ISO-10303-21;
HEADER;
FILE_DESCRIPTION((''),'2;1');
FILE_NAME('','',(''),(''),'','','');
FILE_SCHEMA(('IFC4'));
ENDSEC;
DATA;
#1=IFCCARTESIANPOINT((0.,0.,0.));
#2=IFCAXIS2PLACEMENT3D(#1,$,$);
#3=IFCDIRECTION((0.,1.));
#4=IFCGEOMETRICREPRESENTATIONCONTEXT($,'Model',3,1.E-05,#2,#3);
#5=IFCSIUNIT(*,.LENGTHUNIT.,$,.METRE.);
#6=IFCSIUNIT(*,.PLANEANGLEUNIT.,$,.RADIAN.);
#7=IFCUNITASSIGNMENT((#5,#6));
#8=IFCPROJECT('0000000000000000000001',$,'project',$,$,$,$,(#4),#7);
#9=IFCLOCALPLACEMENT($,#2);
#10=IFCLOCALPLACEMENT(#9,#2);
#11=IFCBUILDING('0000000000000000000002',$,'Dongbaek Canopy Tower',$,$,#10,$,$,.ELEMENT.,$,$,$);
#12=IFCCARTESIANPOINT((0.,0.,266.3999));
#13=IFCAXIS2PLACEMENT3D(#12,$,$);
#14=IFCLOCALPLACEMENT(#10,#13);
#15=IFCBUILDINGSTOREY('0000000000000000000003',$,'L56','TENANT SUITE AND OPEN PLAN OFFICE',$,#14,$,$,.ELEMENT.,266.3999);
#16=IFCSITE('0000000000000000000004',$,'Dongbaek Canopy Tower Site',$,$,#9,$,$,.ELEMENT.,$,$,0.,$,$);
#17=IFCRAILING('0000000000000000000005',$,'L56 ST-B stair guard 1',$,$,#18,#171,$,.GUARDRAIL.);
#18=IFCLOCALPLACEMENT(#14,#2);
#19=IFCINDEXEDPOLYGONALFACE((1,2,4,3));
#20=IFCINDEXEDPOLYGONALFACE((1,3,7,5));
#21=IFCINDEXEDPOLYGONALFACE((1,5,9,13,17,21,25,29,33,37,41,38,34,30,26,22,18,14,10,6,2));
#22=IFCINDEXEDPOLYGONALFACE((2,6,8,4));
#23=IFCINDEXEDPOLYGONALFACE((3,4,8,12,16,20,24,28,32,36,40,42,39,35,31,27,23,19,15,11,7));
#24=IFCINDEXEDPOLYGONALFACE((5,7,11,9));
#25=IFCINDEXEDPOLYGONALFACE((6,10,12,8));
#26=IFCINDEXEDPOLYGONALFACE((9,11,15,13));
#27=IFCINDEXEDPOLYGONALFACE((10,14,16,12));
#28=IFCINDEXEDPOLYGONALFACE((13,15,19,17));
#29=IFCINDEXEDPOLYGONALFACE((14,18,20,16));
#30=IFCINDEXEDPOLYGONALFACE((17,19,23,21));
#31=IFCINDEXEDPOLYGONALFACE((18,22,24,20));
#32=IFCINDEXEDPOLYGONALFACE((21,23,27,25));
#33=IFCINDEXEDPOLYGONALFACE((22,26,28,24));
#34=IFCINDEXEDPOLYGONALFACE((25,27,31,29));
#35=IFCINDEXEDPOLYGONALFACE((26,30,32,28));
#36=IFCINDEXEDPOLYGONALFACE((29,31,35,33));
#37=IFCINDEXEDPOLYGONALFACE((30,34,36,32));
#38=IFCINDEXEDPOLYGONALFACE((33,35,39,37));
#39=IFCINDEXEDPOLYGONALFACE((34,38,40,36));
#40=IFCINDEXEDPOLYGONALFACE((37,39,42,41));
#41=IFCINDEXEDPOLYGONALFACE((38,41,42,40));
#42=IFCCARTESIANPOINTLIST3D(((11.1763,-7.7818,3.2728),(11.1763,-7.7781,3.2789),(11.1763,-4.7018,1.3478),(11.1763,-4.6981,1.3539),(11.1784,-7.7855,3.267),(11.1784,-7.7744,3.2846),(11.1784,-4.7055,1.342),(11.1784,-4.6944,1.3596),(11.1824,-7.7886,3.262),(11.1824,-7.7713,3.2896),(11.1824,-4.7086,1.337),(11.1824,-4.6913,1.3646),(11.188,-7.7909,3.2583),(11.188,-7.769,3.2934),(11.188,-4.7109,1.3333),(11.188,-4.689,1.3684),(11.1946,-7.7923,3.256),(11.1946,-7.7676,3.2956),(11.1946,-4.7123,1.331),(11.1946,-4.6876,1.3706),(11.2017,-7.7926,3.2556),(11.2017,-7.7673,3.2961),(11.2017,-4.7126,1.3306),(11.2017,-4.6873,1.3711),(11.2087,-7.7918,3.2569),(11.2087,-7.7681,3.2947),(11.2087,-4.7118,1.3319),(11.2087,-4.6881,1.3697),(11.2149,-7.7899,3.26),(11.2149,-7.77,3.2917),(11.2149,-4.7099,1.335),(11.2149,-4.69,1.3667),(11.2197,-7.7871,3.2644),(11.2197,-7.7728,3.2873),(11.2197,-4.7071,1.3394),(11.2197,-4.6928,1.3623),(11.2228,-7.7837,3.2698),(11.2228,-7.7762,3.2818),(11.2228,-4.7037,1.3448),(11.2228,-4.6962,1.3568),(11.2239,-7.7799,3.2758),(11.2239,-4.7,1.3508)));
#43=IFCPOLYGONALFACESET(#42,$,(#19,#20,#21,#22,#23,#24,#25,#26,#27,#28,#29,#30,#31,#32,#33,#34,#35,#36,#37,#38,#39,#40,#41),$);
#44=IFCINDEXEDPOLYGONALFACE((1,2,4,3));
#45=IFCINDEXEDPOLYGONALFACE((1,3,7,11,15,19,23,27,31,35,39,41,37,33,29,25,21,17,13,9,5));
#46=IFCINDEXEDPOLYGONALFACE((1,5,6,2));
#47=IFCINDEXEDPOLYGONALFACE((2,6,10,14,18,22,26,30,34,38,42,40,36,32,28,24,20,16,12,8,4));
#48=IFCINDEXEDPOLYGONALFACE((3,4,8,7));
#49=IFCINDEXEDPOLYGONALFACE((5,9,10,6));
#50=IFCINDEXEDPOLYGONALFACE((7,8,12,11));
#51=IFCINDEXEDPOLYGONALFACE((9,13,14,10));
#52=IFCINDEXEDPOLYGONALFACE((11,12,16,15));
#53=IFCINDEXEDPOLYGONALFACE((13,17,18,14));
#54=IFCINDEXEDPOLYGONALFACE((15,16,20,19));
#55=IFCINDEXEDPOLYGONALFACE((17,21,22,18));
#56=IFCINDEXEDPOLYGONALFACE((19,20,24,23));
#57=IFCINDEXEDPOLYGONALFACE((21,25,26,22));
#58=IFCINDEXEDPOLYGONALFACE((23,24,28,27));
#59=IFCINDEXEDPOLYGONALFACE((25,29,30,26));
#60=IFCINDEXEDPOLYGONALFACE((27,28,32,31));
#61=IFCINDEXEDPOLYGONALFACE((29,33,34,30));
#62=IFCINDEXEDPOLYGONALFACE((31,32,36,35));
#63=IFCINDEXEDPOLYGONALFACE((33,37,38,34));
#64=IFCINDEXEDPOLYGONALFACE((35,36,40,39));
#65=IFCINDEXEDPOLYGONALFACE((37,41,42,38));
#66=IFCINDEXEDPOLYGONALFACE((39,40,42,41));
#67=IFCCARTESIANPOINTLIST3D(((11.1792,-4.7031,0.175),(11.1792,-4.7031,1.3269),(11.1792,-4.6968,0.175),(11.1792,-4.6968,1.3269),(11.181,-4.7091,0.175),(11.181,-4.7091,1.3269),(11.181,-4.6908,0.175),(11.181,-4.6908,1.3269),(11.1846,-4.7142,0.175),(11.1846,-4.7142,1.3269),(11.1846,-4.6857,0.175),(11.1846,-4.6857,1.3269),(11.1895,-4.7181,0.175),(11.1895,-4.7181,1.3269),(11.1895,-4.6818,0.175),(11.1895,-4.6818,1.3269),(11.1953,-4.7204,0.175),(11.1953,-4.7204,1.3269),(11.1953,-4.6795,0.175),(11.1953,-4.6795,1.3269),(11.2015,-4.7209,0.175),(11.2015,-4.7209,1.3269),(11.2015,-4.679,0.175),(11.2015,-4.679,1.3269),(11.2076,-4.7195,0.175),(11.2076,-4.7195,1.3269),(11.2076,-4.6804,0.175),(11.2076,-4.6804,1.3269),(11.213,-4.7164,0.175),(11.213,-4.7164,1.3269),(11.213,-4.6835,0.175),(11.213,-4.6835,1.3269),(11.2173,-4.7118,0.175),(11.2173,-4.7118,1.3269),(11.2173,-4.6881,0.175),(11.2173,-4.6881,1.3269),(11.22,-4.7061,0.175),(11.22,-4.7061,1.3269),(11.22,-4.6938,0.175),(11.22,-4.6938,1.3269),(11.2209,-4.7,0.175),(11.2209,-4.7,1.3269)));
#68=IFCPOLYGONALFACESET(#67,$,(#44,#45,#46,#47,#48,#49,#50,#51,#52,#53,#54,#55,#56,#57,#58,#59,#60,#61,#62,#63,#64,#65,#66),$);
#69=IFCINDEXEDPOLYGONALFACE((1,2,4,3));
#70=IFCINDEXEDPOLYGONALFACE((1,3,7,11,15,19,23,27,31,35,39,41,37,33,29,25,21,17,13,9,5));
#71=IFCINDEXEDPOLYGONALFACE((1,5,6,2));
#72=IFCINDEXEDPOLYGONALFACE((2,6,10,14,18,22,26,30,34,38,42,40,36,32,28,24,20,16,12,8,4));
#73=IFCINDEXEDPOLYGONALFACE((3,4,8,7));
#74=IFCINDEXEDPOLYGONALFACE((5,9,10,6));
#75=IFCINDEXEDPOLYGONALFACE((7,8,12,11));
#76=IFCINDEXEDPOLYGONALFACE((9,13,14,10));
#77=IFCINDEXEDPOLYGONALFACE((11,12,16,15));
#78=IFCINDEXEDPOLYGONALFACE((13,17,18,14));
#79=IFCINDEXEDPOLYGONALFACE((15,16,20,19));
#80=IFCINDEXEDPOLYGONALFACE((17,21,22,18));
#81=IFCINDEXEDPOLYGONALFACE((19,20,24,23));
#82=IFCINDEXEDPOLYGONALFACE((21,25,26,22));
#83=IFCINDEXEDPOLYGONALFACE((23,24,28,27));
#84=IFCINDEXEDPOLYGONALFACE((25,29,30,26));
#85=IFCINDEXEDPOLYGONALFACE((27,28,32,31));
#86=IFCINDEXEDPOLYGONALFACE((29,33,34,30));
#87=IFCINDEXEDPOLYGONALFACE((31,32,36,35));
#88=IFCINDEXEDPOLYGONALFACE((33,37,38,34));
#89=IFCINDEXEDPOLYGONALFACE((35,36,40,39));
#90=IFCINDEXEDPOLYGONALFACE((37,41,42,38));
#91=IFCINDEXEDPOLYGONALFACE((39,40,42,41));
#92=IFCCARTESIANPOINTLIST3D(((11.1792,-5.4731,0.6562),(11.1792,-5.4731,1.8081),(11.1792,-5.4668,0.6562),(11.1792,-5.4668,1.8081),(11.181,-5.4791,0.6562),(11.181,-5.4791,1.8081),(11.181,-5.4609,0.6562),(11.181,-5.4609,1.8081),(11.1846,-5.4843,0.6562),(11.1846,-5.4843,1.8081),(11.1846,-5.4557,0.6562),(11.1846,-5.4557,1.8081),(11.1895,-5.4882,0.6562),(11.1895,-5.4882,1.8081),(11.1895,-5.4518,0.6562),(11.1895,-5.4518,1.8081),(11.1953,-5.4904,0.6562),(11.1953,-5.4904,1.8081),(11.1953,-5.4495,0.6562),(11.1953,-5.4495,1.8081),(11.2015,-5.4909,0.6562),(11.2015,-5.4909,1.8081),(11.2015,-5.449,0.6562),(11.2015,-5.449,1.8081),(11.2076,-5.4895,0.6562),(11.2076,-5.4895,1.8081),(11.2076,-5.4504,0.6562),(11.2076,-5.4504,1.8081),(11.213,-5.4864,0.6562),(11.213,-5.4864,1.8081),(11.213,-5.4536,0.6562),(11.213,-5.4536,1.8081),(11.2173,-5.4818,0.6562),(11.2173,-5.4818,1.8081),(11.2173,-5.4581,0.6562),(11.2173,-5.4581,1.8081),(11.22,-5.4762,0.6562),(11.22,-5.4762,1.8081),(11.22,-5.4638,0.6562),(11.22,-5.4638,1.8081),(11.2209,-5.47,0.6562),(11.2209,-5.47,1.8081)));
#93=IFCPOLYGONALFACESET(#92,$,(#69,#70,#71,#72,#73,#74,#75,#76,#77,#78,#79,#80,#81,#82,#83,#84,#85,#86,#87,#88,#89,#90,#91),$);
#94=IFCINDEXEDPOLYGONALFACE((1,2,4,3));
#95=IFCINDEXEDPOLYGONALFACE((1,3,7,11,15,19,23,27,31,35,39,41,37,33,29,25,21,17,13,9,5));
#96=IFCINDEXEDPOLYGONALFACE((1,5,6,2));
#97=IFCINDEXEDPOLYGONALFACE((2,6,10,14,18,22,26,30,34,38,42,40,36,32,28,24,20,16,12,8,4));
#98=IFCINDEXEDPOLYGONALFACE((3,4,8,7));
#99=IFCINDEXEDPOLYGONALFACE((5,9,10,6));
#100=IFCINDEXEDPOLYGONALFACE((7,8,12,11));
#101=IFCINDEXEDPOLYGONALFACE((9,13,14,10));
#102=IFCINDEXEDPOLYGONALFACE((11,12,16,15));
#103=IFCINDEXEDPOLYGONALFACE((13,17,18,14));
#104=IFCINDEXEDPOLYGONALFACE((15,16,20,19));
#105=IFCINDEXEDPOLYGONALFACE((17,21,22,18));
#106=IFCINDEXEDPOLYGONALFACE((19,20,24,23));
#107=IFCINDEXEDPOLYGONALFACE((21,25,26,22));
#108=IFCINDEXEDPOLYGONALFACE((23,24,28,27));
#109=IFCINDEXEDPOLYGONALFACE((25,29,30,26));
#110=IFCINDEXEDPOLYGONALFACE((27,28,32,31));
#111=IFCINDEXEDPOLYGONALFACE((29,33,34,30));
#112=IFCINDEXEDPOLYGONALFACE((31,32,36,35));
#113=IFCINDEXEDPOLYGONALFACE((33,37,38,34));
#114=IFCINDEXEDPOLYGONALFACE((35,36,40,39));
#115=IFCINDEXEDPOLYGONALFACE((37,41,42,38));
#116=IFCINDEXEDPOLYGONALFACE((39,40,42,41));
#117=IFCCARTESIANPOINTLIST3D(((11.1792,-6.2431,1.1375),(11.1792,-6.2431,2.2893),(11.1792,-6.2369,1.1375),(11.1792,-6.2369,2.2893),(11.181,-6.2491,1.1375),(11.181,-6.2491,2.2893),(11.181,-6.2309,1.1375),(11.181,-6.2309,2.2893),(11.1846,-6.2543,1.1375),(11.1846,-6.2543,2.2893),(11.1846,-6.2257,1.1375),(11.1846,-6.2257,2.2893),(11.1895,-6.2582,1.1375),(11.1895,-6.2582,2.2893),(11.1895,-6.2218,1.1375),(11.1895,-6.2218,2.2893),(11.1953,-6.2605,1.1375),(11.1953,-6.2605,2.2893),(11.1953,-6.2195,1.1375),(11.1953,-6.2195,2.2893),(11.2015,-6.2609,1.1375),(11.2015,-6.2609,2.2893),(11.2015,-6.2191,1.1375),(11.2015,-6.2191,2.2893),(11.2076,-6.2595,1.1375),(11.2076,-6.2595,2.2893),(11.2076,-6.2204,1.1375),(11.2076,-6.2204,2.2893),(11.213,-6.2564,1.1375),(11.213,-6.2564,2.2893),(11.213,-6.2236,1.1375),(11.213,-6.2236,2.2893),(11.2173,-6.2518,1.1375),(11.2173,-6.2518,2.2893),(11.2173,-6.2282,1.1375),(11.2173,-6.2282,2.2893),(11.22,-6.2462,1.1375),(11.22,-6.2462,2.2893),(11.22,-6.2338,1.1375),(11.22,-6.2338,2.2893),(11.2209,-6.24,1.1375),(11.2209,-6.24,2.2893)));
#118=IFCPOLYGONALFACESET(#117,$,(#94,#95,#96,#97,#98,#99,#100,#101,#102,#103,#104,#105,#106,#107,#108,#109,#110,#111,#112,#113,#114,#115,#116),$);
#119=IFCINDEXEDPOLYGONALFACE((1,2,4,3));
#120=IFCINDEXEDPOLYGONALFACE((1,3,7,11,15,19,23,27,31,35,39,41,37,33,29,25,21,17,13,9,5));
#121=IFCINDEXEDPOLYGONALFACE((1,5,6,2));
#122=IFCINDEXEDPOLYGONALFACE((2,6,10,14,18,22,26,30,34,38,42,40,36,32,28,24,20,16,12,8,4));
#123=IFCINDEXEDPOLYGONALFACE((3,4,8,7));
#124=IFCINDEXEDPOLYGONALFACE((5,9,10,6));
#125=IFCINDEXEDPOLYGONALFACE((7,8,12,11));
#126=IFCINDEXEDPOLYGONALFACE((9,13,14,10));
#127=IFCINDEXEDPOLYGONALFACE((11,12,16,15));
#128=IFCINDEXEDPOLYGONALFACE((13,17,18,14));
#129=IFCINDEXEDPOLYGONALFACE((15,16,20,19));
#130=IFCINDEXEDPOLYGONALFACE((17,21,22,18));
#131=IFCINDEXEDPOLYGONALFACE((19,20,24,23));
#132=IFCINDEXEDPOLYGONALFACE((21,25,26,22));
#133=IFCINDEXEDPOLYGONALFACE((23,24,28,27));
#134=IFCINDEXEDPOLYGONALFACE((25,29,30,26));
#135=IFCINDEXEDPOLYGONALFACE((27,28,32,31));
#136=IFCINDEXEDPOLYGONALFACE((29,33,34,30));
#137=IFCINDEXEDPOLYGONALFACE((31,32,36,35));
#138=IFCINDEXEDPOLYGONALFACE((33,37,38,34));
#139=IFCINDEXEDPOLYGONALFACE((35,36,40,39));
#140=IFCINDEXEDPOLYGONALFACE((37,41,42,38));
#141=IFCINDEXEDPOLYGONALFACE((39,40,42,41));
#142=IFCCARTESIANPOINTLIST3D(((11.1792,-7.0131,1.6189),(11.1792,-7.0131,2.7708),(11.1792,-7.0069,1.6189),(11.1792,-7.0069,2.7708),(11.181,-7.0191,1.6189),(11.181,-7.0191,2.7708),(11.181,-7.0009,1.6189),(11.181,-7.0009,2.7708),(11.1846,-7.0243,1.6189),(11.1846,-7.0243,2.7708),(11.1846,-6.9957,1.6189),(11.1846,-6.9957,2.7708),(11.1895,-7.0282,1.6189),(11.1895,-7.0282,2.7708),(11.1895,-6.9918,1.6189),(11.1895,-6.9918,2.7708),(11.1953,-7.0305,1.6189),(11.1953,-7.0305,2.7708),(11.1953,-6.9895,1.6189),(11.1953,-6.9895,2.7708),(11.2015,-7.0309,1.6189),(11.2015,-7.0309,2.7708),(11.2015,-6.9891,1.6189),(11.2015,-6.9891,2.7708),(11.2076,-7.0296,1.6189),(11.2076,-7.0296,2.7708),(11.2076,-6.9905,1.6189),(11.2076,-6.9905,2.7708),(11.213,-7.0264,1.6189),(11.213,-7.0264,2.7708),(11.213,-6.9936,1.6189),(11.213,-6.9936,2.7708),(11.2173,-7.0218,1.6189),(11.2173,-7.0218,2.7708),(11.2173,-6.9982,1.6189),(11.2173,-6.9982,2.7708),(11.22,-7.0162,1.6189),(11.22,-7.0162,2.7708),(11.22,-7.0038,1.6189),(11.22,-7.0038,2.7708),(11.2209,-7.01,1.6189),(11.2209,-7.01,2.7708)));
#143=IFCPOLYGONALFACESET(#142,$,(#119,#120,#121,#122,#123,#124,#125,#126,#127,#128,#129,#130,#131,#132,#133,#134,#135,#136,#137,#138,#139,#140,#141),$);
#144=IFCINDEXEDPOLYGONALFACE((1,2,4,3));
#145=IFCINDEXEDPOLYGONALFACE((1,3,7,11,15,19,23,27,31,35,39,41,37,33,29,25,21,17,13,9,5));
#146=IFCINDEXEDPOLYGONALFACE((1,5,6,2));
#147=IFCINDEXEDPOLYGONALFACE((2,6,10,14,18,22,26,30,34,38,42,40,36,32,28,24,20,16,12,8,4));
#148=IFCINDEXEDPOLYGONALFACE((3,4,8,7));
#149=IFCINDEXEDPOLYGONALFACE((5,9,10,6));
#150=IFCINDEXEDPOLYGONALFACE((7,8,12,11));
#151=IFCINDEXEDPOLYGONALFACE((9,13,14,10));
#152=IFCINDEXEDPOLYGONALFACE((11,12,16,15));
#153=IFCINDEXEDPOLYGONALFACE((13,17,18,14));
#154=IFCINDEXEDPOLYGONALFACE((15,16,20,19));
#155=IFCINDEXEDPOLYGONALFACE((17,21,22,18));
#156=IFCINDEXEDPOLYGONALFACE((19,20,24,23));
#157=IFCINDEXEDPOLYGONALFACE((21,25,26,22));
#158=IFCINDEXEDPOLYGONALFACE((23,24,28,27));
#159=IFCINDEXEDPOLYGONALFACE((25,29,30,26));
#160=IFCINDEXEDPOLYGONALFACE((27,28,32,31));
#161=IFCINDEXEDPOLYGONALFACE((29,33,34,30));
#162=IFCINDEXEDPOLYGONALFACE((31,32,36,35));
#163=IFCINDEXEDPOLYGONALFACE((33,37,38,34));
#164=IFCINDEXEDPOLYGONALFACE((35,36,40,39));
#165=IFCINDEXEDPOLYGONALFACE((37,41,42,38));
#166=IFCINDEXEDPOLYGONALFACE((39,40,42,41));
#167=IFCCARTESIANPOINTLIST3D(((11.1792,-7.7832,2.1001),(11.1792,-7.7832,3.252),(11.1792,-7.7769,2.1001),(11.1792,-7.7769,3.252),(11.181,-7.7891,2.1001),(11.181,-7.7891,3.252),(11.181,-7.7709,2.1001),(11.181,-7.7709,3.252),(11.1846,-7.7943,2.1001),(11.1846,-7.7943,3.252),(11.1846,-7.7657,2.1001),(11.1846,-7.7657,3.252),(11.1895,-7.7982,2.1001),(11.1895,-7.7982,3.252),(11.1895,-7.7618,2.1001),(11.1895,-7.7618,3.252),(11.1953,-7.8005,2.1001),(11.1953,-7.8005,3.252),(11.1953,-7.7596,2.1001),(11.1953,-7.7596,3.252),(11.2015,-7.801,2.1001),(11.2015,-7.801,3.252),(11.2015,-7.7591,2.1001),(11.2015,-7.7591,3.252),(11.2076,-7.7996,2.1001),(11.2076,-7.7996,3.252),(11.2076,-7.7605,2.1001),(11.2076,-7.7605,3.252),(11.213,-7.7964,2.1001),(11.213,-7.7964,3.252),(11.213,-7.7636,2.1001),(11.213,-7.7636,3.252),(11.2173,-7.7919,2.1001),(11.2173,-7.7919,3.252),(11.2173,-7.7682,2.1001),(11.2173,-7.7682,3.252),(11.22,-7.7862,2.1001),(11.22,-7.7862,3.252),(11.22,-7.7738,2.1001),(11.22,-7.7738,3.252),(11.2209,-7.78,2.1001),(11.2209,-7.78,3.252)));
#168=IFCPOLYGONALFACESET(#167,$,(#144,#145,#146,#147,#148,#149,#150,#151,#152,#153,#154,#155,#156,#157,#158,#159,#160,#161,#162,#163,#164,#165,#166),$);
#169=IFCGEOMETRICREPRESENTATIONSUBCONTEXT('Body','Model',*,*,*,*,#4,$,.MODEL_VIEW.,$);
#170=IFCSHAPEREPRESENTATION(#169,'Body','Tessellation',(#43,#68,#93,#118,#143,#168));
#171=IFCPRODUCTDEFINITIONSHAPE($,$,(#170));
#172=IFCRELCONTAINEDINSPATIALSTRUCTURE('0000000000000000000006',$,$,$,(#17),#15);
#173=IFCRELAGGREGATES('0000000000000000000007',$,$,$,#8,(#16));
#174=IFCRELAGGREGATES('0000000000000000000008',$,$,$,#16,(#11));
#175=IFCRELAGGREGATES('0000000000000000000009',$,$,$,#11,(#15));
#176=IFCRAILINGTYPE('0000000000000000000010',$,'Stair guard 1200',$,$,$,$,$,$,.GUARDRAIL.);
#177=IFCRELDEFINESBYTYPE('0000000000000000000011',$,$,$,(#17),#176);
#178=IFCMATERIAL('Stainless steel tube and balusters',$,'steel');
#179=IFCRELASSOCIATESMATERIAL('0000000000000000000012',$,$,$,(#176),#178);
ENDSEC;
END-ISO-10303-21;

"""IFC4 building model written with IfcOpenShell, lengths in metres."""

from ifc_helpers import new_model, si_unit, direction, frame, origin, origin_2d, place, context, subcontext, project, spatial, circle, extrude, material, type_object, element, save


model = new_model("IFC4")

# Units and contexts
model_context = context("Model", 3, precision=1e-05, world=origin(), true_north=direction((0.0, 1.0)))
body_context = subcontext(model_context, "Body", "Model", "MODEL_VIEW")
ifc_project = project(units=[si_unit("LENGTHUNIT", "METRE"), si_unit("PLANEANGLEUNIT", "RADIAN")], contexts=[model_context])

# Site, building, storey
site_placement = place(None, origin())
site = spatial("IfcSite", under=ifc_project, at=site_placement, Name="Dongbaek Canopy Tower Site", CompositionType="ELEMENT", RefElevation=0.0)
building_placement = place(site_placement, origin())
building = spatial("IfcBuilding", under=site, at=building_placement, Name="Dongbaek Canopy Tower", CompositionType="ELEMENT")
storey_placement = place(building_placement, frame((0.0, 0.0, 266.3999)))
storey = spatial("IfcBuildingStorey", under=building, at=storey_placement, Name="L56", Description="TENANT SUITE AND OPEN PLAN OFFICE", CompositionType="ELEMENT", Elevation=266.3999)

# Railing
ifc_material_1 = material(Name="Stainless steel tube and balusters", Category="steel")
railing_type_1 = type_object("IfcRailingType", Name="Stair guard 1200", PredefinedType="GUARDRAIL", material=ifc_material_1)
railing_1_placement = place(storey_placement, frame((11.2, -4.7, 0.175)))
element("IfcRailing", 1, at=railing_1_placement, inside=storey, type_object=railing_type_1, Name="L56 ST-B stair guard 1", PredefinedType="GUARDRAIL", context=body_context, shape_type="SweptSolid", body=[
    extrude(circle(Radius=0.0239, at=origin_2d()), frame((0.0, 0.0, 1.1758), z_axis=(0.0, -0.847998, 0.529999), x_axis=(1.0, 0.0, 0.0)), (0.0, 0.0, 1.0), 3.6321),
    extrude(circle(Radius=0.021, at=origin_2d()), origin(), (0.0, 0.0, 1.0), 1.1519),
    extrude(circle(Radius=0.021, at=origin_2d()), frame((0.0, -0.77, 0.4812)), (0.0, 0.0, 1.0), 1.1519),
    extrude(circle(Radius=0.021, at=origin_2d()), frame((0.0, -1.54, 0.9624)), (0.0, 0.0, 1.0), 1.1519),
    extrude(circle(Radius=0.021, at=origin_2d()), frame((0.0, -2.3101, 1.4438)), (0.0, 0.0, 1.0), 1.1519),
    extrude(circle(Radius=0.021, at=origin_2d()), frame((0.0, -3.0801, 1.925)), (0.0, 0.0, 1.0), 1.1519),
])

save(model, "model.ifc")
